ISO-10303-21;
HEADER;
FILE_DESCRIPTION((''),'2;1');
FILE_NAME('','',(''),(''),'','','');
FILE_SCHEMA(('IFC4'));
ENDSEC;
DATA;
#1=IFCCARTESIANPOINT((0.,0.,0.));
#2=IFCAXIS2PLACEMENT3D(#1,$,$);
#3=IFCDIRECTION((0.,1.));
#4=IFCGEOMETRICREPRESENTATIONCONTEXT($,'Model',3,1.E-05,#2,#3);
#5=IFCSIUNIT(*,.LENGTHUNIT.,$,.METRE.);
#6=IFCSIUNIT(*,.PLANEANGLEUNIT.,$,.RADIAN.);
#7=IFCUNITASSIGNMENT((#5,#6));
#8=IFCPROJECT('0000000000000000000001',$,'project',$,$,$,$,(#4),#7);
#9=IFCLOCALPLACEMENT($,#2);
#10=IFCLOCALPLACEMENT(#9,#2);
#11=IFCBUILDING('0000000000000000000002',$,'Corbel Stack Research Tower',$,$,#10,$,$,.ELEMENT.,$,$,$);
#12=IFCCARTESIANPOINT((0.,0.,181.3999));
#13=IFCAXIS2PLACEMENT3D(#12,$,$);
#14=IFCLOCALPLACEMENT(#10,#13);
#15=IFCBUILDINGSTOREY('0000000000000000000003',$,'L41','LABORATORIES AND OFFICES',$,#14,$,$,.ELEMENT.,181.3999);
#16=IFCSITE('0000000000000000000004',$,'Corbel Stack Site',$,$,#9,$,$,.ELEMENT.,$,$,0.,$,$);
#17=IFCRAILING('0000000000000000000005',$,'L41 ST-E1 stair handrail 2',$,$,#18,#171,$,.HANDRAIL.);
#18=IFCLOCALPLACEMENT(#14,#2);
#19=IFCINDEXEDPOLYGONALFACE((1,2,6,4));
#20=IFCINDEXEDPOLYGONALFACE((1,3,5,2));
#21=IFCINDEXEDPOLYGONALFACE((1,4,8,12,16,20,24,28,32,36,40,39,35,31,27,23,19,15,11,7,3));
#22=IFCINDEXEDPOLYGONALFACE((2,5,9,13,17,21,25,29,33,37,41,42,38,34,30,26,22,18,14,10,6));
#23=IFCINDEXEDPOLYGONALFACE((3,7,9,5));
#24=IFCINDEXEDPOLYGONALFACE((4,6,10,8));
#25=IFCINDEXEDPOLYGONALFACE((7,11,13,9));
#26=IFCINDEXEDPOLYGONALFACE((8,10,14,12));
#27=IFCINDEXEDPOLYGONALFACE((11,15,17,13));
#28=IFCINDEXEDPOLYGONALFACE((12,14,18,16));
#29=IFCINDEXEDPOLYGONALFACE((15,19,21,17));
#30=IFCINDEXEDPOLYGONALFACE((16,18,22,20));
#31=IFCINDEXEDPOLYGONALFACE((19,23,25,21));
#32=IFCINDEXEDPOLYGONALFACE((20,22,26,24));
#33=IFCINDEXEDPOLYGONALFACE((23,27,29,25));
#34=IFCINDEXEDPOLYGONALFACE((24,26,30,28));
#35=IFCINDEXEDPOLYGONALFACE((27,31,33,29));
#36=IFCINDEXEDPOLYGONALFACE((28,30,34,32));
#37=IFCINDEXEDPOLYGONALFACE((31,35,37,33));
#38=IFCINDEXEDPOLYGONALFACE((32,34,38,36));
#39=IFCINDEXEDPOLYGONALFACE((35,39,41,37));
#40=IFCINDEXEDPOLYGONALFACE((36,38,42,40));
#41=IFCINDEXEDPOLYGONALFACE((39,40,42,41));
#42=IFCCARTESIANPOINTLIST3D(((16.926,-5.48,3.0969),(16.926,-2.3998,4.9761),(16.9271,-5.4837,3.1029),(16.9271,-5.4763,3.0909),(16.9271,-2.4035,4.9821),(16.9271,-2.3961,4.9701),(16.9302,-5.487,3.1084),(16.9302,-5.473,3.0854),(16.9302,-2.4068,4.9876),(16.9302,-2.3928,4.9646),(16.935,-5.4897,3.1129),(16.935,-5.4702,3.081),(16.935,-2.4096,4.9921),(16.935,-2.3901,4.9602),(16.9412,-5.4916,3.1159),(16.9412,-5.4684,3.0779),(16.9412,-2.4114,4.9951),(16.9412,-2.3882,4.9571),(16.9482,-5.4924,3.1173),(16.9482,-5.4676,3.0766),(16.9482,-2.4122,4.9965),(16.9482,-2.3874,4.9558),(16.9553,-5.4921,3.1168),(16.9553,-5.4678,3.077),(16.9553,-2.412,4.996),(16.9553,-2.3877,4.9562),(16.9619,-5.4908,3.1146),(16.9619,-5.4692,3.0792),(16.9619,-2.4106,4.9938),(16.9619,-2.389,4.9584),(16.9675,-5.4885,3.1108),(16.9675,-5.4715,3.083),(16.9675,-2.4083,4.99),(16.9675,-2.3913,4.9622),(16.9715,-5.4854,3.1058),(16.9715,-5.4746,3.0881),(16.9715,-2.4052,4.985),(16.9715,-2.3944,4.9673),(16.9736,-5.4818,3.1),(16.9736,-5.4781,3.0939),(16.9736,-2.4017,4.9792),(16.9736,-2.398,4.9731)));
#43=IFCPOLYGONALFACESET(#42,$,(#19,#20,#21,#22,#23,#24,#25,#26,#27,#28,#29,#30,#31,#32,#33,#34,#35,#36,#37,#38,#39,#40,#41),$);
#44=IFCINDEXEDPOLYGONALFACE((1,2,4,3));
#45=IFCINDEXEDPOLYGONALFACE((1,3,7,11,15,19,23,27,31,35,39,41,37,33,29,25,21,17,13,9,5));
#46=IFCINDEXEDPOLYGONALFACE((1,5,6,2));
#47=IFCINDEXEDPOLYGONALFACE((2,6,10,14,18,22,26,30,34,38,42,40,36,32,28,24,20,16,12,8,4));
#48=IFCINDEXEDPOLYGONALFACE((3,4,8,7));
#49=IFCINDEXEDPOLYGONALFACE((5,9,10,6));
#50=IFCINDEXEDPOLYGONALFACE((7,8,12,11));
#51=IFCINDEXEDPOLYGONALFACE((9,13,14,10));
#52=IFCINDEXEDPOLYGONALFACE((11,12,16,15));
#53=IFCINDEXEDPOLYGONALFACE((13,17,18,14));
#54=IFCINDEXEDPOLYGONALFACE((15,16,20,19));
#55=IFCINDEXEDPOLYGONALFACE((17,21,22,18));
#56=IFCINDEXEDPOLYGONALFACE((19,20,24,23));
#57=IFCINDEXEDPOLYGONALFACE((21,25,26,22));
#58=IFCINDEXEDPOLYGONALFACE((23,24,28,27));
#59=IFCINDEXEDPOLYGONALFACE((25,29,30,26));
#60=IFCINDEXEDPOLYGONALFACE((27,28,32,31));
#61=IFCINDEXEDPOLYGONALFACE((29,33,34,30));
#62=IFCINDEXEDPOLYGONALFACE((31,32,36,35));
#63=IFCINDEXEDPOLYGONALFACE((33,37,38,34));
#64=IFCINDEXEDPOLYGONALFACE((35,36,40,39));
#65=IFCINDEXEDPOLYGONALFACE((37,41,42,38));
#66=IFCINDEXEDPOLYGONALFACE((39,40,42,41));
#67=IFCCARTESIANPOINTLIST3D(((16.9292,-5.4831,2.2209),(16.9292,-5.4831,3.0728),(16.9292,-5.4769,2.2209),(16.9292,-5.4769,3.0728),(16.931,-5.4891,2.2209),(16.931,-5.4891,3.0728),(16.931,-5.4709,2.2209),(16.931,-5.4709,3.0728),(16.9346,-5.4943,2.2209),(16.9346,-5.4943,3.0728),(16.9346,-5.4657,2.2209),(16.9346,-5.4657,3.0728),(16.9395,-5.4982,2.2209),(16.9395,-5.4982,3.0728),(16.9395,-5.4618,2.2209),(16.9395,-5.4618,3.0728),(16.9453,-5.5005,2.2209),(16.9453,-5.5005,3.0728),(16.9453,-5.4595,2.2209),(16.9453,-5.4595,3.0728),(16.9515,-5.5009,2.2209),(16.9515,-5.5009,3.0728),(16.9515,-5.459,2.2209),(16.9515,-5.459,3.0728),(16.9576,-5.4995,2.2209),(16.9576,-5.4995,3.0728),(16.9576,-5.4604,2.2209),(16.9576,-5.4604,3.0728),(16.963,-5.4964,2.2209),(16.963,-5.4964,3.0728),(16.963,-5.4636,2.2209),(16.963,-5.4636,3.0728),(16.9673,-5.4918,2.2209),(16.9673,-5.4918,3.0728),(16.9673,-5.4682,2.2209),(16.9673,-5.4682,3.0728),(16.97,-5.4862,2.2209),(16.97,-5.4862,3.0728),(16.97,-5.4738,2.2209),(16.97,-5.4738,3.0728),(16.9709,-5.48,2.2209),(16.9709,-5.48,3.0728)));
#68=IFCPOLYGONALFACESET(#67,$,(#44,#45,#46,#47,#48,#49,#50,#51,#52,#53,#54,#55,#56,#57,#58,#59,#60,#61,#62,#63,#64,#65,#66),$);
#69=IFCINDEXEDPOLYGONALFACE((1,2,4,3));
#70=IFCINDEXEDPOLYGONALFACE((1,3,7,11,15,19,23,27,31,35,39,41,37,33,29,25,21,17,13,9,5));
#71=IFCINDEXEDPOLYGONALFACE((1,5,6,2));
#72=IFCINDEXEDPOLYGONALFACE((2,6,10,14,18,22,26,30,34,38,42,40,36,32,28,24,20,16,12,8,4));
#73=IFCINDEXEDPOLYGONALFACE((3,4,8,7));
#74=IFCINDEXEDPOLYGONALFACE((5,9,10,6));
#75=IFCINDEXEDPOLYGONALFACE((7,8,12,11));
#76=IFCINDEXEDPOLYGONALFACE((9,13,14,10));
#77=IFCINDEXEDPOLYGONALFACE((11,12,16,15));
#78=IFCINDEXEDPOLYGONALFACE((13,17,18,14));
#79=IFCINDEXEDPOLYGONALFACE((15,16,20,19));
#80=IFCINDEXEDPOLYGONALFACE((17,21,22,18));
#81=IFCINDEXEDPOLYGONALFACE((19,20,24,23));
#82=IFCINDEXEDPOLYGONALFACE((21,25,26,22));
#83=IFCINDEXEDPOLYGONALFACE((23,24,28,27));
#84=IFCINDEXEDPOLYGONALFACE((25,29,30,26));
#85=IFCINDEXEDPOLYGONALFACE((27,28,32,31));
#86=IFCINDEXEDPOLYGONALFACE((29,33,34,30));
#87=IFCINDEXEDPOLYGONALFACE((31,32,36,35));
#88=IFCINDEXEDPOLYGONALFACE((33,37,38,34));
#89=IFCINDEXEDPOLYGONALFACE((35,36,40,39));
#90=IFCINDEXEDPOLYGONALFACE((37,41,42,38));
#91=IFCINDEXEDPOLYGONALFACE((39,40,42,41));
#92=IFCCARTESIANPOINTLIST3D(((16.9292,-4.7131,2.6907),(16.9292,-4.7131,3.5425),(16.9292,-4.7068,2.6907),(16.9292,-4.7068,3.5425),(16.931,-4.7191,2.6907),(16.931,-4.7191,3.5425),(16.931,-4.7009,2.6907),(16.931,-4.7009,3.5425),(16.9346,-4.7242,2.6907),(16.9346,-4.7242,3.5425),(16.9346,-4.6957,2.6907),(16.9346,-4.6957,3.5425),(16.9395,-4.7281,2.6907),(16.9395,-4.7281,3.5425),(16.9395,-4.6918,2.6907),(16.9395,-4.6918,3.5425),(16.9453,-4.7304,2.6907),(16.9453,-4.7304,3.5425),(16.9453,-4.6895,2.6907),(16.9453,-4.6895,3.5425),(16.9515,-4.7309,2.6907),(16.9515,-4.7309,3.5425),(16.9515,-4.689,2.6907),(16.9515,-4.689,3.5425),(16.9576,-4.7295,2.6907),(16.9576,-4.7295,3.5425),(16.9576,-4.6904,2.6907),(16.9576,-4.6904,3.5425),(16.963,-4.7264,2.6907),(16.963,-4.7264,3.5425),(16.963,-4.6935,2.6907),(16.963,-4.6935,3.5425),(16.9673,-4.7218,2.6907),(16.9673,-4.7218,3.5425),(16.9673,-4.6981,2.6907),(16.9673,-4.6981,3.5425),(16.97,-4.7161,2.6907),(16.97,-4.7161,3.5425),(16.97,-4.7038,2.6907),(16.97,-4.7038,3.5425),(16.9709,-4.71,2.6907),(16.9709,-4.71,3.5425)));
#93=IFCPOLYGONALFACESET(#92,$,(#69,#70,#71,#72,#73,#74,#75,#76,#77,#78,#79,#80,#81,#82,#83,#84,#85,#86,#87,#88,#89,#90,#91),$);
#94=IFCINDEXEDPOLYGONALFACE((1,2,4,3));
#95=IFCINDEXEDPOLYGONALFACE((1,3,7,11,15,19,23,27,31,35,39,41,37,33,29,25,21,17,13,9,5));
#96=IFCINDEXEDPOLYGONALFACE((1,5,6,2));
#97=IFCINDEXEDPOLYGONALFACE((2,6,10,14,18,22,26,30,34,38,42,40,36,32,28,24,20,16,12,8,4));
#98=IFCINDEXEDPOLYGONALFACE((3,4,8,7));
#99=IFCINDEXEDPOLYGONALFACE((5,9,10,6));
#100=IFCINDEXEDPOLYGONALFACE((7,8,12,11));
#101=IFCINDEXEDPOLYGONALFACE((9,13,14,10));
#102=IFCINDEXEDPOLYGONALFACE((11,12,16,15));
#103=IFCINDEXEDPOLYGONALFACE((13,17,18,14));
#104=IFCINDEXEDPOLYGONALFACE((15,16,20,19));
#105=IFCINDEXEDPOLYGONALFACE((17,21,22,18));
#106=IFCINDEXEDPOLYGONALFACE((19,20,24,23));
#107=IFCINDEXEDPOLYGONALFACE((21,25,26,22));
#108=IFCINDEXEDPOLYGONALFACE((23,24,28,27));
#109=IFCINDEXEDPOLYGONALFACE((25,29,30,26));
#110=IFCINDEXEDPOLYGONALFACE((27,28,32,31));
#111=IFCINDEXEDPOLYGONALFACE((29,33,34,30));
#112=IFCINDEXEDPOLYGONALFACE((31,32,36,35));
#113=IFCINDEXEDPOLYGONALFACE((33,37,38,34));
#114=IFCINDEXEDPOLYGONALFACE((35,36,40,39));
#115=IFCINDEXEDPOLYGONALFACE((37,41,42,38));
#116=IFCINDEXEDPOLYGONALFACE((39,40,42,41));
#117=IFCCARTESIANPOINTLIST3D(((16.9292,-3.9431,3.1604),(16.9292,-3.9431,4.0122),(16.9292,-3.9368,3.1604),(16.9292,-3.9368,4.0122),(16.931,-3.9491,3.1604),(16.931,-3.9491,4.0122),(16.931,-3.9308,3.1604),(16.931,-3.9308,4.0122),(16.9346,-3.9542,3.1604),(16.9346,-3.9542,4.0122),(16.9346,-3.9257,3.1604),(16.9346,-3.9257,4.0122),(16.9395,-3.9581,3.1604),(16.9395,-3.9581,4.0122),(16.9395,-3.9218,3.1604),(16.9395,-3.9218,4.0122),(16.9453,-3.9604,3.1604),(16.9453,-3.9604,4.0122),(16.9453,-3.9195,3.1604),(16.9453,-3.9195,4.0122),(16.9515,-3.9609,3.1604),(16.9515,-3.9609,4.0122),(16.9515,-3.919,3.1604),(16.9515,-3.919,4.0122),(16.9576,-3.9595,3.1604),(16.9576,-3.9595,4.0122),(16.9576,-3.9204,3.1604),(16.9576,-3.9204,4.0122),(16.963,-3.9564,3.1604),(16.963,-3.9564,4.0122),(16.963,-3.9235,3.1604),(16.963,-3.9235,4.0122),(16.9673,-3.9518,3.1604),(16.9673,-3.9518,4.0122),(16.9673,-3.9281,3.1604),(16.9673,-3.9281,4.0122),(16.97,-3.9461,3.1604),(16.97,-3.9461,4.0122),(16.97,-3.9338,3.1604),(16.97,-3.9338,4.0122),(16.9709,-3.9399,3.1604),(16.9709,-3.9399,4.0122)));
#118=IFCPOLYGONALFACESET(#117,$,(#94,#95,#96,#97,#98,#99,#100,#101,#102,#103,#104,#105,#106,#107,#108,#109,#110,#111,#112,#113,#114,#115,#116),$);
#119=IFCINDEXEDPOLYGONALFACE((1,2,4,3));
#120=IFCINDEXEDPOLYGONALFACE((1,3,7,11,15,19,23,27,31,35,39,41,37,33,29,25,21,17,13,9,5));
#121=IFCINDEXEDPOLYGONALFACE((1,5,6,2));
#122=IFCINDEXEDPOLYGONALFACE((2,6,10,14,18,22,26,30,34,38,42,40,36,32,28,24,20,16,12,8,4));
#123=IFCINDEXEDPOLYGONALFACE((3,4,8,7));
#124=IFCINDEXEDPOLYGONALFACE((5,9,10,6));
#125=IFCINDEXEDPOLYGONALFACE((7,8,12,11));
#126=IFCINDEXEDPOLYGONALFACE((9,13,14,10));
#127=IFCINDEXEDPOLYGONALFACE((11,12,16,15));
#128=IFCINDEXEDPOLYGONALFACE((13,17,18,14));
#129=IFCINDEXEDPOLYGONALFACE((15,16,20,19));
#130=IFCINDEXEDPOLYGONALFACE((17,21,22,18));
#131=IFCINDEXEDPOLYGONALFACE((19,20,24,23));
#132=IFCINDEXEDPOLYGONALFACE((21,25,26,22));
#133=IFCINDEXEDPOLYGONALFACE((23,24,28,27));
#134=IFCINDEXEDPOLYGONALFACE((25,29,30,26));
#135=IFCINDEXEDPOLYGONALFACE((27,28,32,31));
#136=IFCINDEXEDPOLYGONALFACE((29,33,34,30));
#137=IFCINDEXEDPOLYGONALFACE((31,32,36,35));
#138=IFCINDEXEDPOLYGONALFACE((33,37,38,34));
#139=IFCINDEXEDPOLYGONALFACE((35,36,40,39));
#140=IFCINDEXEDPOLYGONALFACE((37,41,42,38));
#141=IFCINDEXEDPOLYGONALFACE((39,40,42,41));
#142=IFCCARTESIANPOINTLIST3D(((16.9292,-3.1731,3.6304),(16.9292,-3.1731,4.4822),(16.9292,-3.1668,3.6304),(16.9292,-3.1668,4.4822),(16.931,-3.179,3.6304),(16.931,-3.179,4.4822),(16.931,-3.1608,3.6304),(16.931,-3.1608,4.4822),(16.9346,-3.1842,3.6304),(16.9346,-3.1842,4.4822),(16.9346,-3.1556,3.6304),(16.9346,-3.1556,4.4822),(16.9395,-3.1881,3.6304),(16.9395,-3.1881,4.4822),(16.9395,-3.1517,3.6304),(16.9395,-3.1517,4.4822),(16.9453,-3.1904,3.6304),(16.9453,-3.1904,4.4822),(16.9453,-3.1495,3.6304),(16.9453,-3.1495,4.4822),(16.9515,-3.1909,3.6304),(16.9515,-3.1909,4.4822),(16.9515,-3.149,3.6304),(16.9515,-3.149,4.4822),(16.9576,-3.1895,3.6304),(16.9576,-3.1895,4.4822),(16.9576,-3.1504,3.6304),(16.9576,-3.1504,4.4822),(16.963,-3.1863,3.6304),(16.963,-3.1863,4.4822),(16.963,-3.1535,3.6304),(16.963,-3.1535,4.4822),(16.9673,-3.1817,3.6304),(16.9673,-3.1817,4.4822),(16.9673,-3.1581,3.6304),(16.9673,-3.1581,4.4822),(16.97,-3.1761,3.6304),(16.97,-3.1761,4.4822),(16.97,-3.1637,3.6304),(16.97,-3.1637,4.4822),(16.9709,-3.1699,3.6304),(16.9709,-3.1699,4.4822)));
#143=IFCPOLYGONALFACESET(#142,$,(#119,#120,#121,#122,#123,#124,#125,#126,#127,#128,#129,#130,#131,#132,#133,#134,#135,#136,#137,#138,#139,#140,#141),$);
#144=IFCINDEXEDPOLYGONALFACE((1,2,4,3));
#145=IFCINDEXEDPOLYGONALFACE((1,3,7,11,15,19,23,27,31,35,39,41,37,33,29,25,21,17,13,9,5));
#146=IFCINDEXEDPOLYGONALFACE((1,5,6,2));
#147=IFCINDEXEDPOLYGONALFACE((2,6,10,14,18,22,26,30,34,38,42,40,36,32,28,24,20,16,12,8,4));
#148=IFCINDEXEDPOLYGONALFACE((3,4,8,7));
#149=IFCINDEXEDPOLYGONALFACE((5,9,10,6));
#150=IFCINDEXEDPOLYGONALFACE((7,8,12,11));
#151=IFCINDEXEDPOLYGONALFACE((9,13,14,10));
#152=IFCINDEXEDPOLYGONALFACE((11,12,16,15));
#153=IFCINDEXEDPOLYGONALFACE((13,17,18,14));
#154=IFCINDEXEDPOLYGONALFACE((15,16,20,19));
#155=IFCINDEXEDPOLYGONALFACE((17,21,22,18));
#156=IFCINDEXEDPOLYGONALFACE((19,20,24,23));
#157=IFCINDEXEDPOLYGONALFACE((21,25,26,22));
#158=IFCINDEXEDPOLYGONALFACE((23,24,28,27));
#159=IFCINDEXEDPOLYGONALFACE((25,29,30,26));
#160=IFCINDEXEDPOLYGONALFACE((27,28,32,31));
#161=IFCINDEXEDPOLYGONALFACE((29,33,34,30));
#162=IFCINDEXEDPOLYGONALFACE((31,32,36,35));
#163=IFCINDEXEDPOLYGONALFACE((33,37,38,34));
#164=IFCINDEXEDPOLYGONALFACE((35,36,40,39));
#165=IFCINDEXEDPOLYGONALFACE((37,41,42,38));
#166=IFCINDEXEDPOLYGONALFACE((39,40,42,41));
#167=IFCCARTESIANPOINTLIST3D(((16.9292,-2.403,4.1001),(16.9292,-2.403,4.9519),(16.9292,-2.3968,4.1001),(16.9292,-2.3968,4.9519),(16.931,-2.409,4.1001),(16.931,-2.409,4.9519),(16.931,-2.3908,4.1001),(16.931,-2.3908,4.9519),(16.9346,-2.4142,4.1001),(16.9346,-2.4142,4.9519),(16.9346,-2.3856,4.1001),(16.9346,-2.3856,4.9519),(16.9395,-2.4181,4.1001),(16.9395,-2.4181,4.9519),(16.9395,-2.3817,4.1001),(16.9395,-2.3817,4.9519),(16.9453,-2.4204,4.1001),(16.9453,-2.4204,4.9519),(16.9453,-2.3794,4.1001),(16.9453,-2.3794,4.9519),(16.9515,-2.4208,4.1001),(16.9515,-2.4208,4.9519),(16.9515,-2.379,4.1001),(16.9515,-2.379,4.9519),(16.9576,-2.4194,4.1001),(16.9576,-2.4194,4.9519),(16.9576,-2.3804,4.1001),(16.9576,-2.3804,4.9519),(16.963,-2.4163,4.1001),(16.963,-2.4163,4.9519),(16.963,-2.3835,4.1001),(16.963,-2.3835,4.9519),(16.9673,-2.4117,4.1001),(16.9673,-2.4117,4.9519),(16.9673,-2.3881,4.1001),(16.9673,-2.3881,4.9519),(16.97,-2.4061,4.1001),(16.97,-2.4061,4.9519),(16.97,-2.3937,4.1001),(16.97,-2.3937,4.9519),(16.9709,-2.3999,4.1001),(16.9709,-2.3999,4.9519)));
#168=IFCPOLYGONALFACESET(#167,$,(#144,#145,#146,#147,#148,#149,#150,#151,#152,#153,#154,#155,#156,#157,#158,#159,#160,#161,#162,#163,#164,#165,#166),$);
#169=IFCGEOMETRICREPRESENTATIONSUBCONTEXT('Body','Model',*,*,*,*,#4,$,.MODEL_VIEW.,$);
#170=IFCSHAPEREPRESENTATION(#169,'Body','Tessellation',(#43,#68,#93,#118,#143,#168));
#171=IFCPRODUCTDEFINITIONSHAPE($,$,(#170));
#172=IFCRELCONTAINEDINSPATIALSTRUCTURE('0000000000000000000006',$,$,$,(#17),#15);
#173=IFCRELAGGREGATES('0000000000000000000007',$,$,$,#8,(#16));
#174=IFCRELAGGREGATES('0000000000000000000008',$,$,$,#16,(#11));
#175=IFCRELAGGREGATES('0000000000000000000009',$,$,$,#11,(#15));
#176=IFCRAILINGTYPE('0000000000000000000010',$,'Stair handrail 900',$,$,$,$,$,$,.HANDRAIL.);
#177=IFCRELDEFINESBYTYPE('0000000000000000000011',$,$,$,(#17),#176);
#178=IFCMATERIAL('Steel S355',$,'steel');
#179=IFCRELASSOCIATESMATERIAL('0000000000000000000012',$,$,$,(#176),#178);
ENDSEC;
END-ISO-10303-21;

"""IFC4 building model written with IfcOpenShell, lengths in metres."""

from ifc_helpers import new_model, si_unit, direction, frame, origin, origin_2d, place, context, subcontext, project, spatial, circle, extrude, material, type_object, element, save


model = new_model("IFC4")

# Units and contexts
model_context = context("Model", 3, precision=1e-05, world=origin(), true_north=direction((0.0, 1.0)))
body_context = subcontext(model_context, "Body", "Model", "MODEL_VIEW")
ifc_project = project(units=[si_unit("LENGTHUNIT", "METRE"), si_unit("PLANEANGLEUNIT", "RADIAN")], contexts=[model_context])

# Site, building, storey
site_placement = place(None, origin())
site = spatial("IfcSite", under=ifc_project, at=site_placement, Name="Corbel Stack Site", CompositionType="ELEMENT", RefElevation=0.0)
building_placement = place(site_placement, origin())
building = spatial("IfcBuilding", under=site, at=building_placement, Name="Corbel Stack Research Tower", CompositionType="ELEMENT")
storey_placement = place(building_placement, frame((0.0, 0.0, 181.3999)))
storey = spatial("IfcBuildingStorey", under=building, at=storey_placement, Name="L41", Description="LABORATORIES AND OFFICES", CompositionType="ELEMENT", Elevation=181.3999)

# Railing
ifc_material_1 = material(Name="Steel S355", Category="steel")
railing_type_1 = type_object("IfcRailingType", Name="Stair handrail 900", PredefinedType="HANDRAIL", material=ifc_material_1)
railing_1_placement = place(storey_placement, frame((16.95, -5.48, 2.2209)))
element("IfcRailing", 1, at=railing_1_placement, inside=storey, type_object=railing_type_1, Name="L41 ST-E1 stair handrail 2", PredefinedType="HANDRAIL", context=body_context, shape_type="SweptSolid", body=[
    extrude(circle(Radius=0.0239, at=origin_2d()), frame((0.0, 0.0, 0.876), z_axis=(0.0, 0.853666, 0.52082), x_axis=(-1.0, 0.0, 0.0)), (0.0, 0.0, 1.0), 3.6082),
    extrude(circle(Radius=0.021, at=origin_2d()), origin(), (0.0, 0.0, 1.0), 0.8518),
    extrude(circle(Radius=0.021, at=origin_2d()), frame((0.0, 0.77, 0.4697)), (0.0, 0.0, 1.0), 0.8518),
    extrude(circle(Radius=0.021, at=origin_2d()), frame((0.0, 1.54, 0.9395)), (0.0, 0.0, 1.0), 0.8518),
    extrude(circle(Radius=0.021, at=origin_2d()), frame((0.0, 2.3101, 1.4094)), (0.0, 0.0, 1.0), 0.8518),
    extrude(circle(Radius=0.021, at=origin_2d()), frame((0.0, 3.0801, 1.8792)), (0.0, 0.0, 1.0), 0.8518),
])

save(model, "model.ifc")
